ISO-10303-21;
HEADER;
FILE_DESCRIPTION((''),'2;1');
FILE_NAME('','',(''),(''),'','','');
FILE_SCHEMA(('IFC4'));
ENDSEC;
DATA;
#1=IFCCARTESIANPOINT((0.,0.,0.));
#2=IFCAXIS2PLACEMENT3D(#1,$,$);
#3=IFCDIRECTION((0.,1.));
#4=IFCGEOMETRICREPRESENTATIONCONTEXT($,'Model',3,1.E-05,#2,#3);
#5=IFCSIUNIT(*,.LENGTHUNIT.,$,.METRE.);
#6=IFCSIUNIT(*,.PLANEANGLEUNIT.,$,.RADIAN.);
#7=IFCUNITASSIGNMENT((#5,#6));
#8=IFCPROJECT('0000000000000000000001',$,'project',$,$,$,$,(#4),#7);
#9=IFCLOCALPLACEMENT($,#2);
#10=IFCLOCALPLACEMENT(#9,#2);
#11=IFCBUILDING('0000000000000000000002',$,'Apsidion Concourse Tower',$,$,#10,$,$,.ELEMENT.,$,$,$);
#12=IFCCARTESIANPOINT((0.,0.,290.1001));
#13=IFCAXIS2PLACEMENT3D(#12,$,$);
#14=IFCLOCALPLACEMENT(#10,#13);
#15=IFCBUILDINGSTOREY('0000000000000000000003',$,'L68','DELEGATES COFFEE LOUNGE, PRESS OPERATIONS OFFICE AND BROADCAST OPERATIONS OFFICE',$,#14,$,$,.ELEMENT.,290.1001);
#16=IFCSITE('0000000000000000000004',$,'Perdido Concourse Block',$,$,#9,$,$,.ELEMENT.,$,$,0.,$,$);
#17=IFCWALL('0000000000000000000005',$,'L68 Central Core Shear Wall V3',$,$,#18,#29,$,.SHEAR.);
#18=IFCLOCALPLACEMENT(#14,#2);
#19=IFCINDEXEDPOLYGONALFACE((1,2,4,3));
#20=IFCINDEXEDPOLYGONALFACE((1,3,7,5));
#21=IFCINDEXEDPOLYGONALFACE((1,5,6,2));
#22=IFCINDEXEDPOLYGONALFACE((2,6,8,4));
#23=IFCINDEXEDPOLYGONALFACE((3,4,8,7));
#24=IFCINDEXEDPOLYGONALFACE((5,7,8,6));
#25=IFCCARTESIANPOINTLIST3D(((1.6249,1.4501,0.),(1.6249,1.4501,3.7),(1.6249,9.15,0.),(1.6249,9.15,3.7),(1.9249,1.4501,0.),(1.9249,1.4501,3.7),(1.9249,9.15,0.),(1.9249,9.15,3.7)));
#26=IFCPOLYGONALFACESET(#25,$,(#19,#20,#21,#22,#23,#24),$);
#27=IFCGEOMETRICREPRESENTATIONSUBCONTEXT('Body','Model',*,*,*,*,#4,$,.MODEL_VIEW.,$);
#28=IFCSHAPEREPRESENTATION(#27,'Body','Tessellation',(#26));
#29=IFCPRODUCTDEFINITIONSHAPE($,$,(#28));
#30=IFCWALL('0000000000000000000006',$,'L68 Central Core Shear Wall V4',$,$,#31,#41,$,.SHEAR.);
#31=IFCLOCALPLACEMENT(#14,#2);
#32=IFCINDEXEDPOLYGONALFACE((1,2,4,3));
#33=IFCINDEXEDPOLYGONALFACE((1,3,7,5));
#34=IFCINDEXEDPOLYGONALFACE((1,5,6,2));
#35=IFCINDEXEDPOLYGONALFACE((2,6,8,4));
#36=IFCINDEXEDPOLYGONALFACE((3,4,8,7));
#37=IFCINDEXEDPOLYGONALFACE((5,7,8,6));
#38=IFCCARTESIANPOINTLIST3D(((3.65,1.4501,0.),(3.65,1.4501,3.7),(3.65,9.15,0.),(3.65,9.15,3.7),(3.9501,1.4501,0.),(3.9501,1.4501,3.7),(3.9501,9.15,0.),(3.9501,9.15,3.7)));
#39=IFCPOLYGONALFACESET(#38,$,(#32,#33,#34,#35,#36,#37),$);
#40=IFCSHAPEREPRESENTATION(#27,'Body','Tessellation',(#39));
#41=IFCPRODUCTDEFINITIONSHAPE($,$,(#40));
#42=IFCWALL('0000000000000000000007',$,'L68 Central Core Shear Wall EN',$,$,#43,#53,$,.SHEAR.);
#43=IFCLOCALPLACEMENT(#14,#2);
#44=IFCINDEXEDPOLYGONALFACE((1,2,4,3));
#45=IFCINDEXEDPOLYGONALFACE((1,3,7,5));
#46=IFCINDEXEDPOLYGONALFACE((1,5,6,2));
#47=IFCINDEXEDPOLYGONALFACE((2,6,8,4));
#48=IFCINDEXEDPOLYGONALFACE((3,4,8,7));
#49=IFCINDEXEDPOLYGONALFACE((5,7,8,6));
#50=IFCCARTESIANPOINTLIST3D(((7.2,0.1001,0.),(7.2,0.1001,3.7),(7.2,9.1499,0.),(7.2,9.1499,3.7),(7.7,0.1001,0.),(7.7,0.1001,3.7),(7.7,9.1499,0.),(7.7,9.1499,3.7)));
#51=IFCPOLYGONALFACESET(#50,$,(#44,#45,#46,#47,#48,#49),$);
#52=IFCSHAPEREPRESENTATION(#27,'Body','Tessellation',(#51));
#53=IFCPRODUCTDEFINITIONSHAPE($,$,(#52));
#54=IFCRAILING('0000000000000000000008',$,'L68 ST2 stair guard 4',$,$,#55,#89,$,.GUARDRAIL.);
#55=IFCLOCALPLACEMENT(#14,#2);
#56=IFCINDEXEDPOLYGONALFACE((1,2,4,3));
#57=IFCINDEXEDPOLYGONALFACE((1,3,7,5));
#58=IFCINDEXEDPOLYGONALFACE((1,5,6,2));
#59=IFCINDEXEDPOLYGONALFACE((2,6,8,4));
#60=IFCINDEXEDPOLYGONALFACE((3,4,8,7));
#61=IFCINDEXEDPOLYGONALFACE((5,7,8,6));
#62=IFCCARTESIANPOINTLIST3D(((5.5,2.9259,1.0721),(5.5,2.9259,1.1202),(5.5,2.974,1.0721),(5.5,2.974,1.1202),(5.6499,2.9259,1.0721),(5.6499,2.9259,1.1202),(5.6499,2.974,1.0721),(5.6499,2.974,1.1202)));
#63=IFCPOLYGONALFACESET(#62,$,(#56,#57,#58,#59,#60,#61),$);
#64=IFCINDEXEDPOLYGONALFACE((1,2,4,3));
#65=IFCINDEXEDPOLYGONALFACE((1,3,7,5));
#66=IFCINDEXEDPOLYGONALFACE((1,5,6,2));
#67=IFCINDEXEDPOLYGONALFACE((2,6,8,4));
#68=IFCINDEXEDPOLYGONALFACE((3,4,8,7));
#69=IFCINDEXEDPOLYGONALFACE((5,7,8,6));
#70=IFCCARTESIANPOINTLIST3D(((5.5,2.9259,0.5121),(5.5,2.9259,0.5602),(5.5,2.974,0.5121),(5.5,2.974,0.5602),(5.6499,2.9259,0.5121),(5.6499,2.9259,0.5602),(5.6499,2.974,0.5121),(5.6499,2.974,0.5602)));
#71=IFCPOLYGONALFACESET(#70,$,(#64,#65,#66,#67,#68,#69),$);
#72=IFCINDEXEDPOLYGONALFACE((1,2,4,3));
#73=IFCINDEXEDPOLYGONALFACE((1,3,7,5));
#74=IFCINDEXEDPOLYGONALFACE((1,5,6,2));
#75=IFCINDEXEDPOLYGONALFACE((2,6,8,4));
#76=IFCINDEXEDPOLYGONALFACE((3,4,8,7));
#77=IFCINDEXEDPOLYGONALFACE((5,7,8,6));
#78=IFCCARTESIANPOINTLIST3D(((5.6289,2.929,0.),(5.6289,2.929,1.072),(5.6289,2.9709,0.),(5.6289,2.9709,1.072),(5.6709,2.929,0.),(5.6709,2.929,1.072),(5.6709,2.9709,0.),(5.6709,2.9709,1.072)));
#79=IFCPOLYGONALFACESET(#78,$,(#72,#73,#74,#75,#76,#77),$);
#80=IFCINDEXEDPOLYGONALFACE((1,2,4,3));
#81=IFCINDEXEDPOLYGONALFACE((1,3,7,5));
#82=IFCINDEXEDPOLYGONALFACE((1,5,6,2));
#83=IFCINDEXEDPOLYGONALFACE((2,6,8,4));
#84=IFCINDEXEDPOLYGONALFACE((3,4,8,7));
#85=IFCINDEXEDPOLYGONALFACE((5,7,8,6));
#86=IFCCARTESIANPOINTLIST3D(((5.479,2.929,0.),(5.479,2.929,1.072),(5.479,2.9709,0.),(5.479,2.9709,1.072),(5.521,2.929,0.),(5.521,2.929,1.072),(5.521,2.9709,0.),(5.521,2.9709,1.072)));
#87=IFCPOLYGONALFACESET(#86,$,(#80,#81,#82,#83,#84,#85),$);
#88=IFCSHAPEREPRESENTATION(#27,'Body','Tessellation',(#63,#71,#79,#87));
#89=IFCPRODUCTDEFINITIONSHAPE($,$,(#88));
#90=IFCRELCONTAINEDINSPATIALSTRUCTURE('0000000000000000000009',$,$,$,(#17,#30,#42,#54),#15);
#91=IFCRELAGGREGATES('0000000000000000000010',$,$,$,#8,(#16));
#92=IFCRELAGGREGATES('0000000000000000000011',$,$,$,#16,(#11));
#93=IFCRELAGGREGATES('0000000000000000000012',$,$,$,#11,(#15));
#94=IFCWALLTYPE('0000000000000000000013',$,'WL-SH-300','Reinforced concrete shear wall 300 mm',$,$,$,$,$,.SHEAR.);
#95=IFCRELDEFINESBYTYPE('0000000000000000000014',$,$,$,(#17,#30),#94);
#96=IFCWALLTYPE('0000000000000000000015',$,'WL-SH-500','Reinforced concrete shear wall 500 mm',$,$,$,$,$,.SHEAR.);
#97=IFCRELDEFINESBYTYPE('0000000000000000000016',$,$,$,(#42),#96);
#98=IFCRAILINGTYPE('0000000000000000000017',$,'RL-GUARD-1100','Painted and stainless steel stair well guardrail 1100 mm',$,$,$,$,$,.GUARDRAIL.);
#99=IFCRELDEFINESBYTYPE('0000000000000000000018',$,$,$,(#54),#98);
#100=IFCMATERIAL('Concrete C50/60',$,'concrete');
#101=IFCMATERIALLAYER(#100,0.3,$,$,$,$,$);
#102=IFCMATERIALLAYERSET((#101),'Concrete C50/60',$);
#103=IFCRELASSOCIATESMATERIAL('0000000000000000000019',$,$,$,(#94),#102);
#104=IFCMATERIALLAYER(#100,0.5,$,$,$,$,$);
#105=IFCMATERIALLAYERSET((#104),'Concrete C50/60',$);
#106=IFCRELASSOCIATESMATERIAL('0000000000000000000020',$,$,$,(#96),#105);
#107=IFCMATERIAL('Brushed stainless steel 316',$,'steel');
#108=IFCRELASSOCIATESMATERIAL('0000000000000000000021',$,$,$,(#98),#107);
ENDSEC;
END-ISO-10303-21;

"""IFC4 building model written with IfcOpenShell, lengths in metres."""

from ifc_helpers import new_model, si_unit, direction, frame, frame_2d, origin, origin_2d, place, context, subcontext, project, spatial, rectangle, extrude, material, layer, layer_set, type_object, element, save


model = new_model("IFC4")

# Units and contexts
model_context = context("Model", 3, precision=1e-05, world=origin(), true_north=direction((0.0, 1.0)))
body_context = subcontext(model_context, "Body", "Model", "MODEL_VIEW")
ifc_project = project(units=[si_unit("LENGTHUNIT", "METRE"), si_unit("PLANEANGLEUNIT", "RADIAN")], contexts=[model_context])

# Site, building, storey
site_placement = place(None, origin())
site = spatial("IfcSite", under=ifc_project, at=site_placement, Name="Perdido Concourse Block", CompositionType="ELEMENT", RefElevation=0.0)
building_placement = place(site_placement, origin())
building = spatial("IfcBuilding", under=site, at=building_placement, Name="Apsidion Concourse Tower", CompositionType="ELEMENT")
storey_placement = place(building_placement, frame((0.0, 0.0, 290.1001)))
storey = spatial("IfcBuildingStorey", under=building, at=storey_placement, Name="L68", Description="DELEGATES COFFEE LOUNGE, PRESS OPERATIONS OFFICE AND BROADCAST OPERATIONS OFFICE", CompositionType="ELEMENT", Elevation=290.1001)

# Shared definitions
ifc_material_1 = material(Name="Concrete C50/60", Category="concrete")

# Walls
ifc_layer_1 = layer(ifc_material_1, 0.3)
ifc_layer_set_1 = layer_set([ifc_layer_1], Name="Concrete C50/60")
wall_type_1 = type_object("IfcWallType", Name="WL-SH-300", Description="Reinforced concrete shear wall 300 mm", PredefinedType="SHEAR", material=ifc_layer_set_1)
for number, where, z_axis, x_axis, name in (
    (1, (1.7749, 1.45, 0.0), (0.0, 0.0, 1.0), (0.0, 1.0, 0.0), "L68 Central Core Shear Wall V3"),
    (2, (3.8, 1.45, 0.0), (0.0, 0.0, 1.0), (0.0, 1.0, 0.0), "L68 Central Core Shear Wall V4"),
):
    element("IfcWall", number, at=place(storey_placement, frame(where, z_axis=z_axis, x_axis=x_axis)), inside=storey, type_object=wall_type_1, Name=name, PredefinedType="SHEAR", context=body_context, shape_type="SweptSolid", body=[
        extrude(rectangle(XDim=7.7, YDim=0.3, at=frame_2d((3.8501, 0.0))), origin(), (0.0, 0.0, 1.0), 3.7),
    ])
ifc_layer_2 = layer(ifc_material_1, 0.5)
ifc_layer_set_2 = layer_set([ifc_layer_2], Name="Concrete C50/60")
wall_type_2 = type_object("IfcWallType", Name="WL-SH-500", Description="Reinforced concrete shear wall 500 mm", PredefinedType="SHEAR", material=ifc_layer_set_2)
wall_1_placement = place(storey_placement, frame((7.45, 0.1001, 0.0), z_axis=(0.0, 0.0, 1.0), x_axis=(0.0, 1.0, 0.0)))
element("IfcWall", 3, at=wall_1_placement, inside=storey, type_object=wall_type_2, Name="L68 Central Core Shear Wall EN", PredefinedType="SHEAR", context=body_context, shape_type="SweptSolid", body=[
    extrude(rectangle(XDim=9.0498, YDim=0.5, at=frame_2d((4.5249, 0.0))), origin(), (0.0, 0.0, 1.0), 3.7),
])

# Railing
ifc_material_2 = material(Name="Brushed stainless steel 316", Category="steel")
railing_type = type_object("IfcRailingType", Name="RL-GUARD-1100", Description="Painted and stainless steel stair well guardrail 1100 mm", PredefinedType="GUARDRAIL", material=ifc_material_2)
railing_placement = place(storey_placement, frame((5.6499, 2.95, 0.0)))
element("IfcRailing", 4, at=railing_placement, inside=storey, type_object=railing_type, Name="L68 ST2 stair guard 4", PredefinedType="GUARDRAIL", context=body_context, shape_type="SweptSolid", body=[
    extrude(rectangle(XDim=0.0481, YDim=0.0481, at=origin_2d()), frame((0.0, 0.0, 1.0962), z_axis=(-1.0, 0.0, 0.0), x_axis=(0.0, -1.0, 0.0)), (0.0, 0.0, 1.0), 0.1499),
    extrude(rectangle(XDim=0.0481, YDim=0.0481, at=origin_2d()), frame((0.0, 0.0, 0.5361), z_axis=(-1.0, 0.0, 0.0), x_axis=(0.0, -1.0, 0.0)), (0.0, 0.0, 1.0), 0.1499),
    extrude(rectangle(XDim=0.042, YDim=0.042, at=origin_2d()), origin(), (0.0, 0.0, 1.0), 1.072),
    extrude(rectangle(XDim=0.042, YDim=0.042, at=origin_2d()), frame((-0.1499, 0.0, 0.0)), (0.0, 0.0, 1.0), 1.072),
])

save(model, "model.ifc")
